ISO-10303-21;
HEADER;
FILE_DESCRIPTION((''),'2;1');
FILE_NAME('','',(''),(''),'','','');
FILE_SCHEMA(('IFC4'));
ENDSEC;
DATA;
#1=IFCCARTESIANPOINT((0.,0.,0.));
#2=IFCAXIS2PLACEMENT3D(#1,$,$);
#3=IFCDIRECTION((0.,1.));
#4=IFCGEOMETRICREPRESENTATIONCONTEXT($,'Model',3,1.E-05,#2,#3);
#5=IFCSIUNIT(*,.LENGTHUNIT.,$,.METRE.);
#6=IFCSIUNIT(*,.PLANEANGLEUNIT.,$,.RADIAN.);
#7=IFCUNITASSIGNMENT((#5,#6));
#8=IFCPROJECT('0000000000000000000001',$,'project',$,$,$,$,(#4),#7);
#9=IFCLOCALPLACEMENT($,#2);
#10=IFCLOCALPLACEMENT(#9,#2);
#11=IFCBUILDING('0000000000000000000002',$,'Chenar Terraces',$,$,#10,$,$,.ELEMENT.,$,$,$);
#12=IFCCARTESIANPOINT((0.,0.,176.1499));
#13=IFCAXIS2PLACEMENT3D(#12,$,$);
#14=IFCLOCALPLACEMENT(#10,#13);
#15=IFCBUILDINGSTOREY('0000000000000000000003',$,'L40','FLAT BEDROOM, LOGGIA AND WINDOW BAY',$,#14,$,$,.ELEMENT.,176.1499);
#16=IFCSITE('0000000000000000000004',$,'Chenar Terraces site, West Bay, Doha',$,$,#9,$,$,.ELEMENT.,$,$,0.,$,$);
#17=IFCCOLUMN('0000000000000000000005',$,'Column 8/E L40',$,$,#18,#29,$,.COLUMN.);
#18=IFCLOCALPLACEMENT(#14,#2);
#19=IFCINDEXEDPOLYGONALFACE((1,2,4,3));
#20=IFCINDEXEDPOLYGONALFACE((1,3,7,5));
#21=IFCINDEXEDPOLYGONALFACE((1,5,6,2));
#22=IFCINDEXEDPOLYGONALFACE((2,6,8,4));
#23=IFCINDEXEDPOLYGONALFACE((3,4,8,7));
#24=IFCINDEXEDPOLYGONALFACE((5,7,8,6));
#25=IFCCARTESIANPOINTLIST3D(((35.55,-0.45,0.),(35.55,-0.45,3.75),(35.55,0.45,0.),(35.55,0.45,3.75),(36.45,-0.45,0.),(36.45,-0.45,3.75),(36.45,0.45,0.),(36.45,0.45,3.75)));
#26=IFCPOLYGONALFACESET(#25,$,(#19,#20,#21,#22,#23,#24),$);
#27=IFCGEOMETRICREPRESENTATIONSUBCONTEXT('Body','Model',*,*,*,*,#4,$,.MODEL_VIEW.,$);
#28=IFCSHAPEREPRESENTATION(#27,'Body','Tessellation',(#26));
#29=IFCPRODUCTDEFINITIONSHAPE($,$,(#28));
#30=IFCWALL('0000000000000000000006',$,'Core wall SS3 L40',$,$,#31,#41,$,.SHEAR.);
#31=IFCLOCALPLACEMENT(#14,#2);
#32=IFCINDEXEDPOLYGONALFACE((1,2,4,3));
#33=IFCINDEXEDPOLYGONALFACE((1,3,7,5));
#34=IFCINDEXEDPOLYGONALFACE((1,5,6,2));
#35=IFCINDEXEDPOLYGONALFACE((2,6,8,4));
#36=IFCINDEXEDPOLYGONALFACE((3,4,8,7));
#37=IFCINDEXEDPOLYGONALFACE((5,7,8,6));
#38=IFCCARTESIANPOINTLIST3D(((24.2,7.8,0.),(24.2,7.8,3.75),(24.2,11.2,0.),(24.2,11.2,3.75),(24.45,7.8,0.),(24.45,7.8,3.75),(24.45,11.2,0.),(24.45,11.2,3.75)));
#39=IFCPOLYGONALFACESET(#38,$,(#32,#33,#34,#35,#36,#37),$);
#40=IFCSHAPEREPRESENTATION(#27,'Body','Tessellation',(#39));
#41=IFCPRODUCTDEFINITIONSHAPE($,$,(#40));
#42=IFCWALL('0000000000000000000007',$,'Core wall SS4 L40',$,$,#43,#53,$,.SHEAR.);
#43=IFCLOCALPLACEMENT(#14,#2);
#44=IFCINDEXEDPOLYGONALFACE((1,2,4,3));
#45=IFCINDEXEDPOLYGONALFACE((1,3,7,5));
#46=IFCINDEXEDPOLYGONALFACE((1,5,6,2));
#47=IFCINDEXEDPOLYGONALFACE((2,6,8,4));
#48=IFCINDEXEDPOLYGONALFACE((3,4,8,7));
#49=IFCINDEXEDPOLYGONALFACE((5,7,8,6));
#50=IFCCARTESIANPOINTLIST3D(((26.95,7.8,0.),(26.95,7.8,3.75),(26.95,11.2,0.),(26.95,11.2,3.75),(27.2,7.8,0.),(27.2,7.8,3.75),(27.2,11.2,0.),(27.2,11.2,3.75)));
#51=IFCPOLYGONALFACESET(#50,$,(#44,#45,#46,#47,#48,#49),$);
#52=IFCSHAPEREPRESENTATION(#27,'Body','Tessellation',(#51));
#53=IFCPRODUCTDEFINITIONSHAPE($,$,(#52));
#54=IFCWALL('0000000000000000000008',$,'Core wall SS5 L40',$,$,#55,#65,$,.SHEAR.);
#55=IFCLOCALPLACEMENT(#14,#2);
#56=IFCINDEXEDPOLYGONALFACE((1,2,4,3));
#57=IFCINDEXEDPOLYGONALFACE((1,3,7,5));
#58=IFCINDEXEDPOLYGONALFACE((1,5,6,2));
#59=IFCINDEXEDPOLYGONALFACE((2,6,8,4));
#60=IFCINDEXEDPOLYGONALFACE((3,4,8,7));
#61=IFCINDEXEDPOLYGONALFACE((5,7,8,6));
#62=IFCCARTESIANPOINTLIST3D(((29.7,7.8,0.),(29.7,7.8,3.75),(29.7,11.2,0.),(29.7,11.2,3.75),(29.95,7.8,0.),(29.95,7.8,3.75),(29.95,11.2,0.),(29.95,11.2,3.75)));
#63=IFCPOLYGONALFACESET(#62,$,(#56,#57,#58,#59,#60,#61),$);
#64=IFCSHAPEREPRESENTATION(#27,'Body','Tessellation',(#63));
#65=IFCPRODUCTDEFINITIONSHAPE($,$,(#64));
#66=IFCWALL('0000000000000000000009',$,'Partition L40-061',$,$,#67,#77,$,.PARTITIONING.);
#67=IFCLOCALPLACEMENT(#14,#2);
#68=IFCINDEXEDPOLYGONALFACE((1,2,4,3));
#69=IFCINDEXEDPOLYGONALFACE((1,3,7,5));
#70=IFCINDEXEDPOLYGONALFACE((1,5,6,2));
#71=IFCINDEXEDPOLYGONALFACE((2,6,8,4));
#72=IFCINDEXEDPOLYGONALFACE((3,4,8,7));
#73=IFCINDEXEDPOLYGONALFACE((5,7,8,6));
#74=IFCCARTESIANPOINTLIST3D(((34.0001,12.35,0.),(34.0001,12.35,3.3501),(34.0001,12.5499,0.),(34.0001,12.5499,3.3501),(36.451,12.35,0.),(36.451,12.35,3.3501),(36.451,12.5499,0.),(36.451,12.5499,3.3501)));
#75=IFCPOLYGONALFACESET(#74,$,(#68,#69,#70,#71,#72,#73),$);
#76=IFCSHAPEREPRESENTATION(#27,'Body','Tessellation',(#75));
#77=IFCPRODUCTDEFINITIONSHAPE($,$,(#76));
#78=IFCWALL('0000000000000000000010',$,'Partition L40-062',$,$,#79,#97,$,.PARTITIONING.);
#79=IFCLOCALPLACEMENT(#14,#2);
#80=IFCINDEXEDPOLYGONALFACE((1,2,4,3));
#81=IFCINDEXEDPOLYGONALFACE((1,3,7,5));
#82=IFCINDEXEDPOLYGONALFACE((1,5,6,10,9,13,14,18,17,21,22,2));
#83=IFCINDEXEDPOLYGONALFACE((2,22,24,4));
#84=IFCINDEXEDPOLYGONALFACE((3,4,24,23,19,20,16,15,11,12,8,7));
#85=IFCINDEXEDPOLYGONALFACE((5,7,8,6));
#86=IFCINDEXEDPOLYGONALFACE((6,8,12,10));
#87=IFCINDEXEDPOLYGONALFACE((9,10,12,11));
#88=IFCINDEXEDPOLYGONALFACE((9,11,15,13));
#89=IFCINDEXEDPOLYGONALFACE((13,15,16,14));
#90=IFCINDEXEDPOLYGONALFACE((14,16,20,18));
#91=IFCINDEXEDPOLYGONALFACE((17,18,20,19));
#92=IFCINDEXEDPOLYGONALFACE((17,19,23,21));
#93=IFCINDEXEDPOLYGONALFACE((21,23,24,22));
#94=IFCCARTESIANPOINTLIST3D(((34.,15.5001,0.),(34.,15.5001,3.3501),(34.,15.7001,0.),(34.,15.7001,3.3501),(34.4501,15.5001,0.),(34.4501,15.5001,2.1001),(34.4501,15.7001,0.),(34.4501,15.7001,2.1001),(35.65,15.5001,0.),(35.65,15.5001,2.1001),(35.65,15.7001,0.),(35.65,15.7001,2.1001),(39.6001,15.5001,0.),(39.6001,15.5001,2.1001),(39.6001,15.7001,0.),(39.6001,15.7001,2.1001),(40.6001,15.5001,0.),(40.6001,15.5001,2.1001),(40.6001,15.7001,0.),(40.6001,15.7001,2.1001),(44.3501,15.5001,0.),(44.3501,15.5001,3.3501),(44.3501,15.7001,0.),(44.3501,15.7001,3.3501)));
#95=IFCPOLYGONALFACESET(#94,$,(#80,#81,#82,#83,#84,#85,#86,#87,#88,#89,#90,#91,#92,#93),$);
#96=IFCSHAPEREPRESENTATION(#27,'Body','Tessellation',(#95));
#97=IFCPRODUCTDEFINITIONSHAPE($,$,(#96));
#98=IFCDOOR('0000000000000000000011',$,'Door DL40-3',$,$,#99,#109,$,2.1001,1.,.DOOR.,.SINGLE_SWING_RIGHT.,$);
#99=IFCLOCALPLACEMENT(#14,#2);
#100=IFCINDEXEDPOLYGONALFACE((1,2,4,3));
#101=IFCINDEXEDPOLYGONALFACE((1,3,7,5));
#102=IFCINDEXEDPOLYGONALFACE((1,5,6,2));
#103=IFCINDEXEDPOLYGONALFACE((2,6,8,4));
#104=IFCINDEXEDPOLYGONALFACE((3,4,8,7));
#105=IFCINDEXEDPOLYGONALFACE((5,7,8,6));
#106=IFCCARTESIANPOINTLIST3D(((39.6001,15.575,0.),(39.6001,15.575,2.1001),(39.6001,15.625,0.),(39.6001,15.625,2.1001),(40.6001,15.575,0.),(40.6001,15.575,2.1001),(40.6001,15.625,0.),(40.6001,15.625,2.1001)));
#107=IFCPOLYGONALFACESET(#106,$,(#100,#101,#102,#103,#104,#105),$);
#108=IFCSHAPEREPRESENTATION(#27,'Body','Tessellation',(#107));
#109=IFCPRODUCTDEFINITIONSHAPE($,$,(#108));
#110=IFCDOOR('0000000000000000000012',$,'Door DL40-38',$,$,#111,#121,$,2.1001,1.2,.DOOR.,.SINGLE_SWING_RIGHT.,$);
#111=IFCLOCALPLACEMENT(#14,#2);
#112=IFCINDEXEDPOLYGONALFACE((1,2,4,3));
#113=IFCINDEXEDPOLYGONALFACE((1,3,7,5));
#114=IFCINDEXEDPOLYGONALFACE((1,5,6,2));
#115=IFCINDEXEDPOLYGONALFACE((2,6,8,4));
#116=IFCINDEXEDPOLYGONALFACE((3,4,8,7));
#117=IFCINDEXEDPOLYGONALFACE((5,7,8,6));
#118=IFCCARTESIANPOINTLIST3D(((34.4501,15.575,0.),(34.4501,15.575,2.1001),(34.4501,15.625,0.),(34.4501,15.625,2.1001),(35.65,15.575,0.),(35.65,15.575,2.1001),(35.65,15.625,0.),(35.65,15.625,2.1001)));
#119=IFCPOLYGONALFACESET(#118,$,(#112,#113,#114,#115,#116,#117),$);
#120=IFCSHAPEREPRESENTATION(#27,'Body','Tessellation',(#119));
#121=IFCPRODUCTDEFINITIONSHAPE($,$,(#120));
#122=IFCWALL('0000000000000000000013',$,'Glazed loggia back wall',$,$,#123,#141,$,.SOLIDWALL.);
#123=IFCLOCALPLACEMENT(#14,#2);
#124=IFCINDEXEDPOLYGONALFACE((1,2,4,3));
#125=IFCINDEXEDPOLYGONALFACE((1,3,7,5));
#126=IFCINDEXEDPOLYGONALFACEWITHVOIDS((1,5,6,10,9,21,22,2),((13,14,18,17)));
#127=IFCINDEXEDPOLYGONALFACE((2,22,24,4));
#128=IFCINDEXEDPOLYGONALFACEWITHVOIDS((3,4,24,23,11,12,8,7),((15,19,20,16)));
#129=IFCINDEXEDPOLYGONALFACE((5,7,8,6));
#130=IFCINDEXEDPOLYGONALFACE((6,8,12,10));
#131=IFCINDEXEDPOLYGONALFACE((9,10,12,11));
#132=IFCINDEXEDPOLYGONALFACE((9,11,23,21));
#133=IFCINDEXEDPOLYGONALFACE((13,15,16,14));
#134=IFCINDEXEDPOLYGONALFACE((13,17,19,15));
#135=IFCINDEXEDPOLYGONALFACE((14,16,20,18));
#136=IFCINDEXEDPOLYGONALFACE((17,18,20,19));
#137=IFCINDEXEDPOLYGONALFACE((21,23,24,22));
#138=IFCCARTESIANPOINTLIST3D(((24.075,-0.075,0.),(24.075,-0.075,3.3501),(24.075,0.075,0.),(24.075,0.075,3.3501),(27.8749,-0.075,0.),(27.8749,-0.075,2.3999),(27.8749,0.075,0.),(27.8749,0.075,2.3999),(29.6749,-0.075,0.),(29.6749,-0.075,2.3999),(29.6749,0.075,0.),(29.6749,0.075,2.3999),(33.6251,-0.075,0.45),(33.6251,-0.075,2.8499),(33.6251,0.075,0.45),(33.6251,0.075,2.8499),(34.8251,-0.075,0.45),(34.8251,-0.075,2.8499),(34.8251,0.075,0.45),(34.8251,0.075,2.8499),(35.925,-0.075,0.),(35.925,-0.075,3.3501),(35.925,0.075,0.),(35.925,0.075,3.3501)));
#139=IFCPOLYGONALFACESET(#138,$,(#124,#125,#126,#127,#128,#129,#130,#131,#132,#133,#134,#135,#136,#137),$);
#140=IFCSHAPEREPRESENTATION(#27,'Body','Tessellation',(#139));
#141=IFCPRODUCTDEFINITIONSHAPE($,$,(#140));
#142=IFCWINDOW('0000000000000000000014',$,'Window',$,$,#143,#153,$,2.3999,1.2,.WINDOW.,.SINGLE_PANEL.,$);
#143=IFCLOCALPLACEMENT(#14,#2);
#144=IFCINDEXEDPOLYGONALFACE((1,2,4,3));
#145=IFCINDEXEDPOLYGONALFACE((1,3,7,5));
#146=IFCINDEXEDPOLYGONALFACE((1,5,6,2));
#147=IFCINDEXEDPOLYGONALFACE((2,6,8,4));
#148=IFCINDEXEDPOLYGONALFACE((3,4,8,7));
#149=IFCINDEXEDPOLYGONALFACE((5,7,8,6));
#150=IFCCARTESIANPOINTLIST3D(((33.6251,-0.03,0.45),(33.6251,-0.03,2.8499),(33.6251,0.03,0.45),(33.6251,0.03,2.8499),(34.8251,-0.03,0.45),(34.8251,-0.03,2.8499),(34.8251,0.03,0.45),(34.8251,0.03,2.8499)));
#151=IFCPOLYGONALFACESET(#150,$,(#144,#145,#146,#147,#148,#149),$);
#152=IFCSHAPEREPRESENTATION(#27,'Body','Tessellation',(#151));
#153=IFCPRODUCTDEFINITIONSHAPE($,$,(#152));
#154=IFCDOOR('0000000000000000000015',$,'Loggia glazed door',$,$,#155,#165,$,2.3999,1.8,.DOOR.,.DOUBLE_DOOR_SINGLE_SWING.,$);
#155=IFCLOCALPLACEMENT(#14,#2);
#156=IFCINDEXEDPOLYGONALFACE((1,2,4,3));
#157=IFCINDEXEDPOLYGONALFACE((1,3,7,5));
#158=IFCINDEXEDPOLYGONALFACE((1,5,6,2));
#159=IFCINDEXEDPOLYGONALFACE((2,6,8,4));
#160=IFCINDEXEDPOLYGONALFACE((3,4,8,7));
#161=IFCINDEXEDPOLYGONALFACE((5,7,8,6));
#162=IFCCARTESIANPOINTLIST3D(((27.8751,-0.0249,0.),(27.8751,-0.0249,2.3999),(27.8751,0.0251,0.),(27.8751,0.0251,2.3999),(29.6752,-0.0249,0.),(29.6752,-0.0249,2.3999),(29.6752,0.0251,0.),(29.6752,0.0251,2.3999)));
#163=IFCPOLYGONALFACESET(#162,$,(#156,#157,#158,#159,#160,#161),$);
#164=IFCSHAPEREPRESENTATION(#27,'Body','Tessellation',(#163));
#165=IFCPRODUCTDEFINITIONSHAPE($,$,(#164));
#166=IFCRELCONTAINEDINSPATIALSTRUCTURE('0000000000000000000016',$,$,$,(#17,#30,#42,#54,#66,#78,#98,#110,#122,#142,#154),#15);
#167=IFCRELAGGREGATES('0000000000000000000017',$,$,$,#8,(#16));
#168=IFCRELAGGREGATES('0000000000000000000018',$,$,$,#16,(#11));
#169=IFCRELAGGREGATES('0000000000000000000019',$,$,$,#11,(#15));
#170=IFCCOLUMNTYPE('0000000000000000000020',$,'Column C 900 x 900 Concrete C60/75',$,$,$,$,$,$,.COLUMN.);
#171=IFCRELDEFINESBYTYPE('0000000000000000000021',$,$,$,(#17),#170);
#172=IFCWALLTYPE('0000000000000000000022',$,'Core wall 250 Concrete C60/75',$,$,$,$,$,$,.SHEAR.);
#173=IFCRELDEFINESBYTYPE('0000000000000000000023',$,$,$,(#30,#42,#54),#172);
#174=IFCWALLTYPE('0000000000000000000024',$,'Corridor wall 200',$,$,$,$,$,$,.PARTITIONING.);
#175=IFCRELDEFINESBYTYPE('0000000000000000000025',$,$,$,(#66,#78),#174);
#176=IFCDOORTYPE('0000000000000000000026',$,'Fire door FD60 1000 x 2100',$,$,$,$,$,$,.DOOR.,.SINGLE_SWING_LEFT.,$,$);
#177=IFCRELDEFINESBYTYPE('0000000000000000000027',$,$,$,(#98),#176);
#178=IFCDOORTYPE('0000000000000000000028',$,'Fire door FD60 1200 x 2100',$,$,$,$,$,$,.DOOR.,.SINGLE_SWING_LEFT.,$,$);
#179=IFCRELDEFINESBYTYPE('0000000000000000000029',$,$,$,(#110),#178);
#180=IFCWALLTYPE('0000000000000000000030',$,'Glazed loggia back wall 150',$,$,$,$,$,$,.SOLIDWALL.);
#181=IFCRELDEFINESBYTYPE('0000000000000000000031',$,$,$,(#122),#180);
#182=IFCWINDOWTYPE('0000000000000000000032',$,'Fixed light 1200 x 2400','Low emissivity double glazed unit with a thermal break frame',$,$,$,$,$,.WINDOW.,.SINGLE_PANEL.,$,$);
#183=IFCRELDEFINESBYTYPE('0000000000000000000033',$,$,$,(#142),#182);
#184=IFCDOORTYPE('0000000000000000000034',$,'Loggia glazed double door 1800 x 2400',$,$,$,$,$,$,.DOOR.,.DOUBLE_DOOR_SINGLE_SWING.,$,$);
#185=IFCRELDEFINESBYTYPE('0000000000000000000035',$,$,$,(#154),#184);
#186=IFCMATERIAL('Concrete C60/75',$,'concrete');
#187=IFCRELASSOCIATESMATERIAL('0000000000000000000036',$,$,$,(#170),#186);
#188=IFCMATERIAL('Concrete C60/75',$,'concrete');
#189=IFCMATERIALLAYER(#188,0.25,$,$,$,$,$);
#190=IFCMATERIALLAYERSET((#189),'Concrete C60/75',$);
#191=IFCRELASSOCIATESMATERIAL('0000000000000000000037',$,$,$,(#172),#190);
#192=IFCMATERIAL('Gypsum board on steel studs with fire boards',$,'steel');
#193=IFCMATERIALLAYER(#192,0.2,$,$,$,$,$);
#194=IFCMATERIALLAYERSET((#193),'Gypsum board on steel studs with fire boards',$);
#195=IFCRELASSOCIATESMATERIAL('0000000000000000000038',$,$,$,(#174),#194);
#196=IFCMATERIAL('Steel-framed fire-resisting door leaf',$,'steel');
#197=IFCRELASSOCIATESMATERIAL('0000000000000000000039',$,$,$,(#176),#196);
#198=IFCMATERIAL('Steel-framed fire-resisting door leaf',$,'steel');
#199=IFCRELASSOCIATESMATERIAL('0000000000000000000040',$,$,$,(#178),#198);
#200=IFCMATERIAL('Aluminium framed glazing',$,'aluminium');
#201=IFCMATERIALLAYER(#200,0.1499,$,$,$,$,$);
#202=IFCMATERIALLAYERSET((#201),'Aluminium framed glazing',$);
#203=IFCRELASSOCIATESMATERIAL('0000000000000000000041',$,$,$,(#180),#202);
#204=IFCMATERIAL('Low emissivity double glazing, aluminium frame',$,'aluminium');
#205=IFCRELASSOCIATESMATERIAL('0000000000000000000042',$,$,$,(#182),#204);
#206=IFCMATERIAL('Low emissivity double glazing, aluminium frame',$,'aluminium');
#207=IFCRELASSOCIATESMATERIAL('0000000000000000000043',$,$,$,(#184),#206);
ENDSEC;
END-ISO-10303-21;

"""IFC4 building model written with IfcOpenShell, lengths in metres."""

from ifc_helpers import new_model, si_unit, direction, frame, frame_2d, origin, origin_2d, place, context, subcontext, project, spatial, rectangle, extrude, material, layer, layer_set, material_profile, profile_set, type_object, element, fill, save


model = new_model("IFC4")

# Units and contexts
model_context = context("Model", 3, precision=1e-05, world=origin(), true_north=direction((0.0, 1.0)))
body_context = subcontext(model_context, "Body", "Model", "MODEL_VIEW")
ifc_project = project(units=[si_unit("LENGTHUNIT", "METRE"), si_unit("PLANEANGLEUNIT", "RADIAN")], contexts=[model_context])

# Site, building, storey
site_placement = place(None, origin())
site = spatial("IfcSite", under=ifc_project, at=site_placement, Name="Chenar Terraces site, West Bay, Doha", CompositionType="ELEMENT", RefElevation=0.0)
building_placement = place(site_placement, origin())
building = spatial("IfcBuilding", under=site, at=building_placement, Name="Chenar Terraces", CompositionType="ELEMENT")
storey_placement = place(building_placement, frame((0.0, 0.0, 176.1499)))
storey = spatial("IfcBuildingStorey", under=building, at=storey_placement, Name="L40", Description="FLAT BEDROOM, LOGGIA AND WINDOW BAY", CompositionType="ELEMENT", Elevation=176.1499)

# Column
ifc_material_1 = material(Name="Concrete C60/75", Category="concrete")
ifc_material_profile = material_profile(ifc_material_1, rectangle(XDim=0.8999, YDim=0.8999, at=origin_2d()), Name="C 900 x 900")
ifc_profile_set = profile_set([ifc_material_profile], Name="Concrete C60/75")
column_type = type_object("IfcColumnType", Name="Column C 900 x 900 Concrete C60/75", PredefinedType="COLUMN", material=ifc_profile_set)
column_placement = place(storey_placement, frame((36.0, 0.0, 0.0), z_axis=(0.0, 0.0, 1.0), x_axis=(1.0, 0.0, 0.0)))
element("IfcColumn", 1, at=column_placement, inside=storey, type_object=column_type, Name="Column 8/E L40", PredefinedType="COLUMN", context=body_context, shape_type="SweptSolid", body=[
    extrude(rectangle(XDim=0.8999, YDim=0.8999, at=origin_2d()), origin(), (0.0, 0.0, 1.0), 3.75),
])

# Walls
ifc_material_2 = material(Name="Concrete C60/75", Category="concrete")
ifc_layer_1 = layer(ifc_material_2, 0.25)
ifc_layer_set_1 = layer_set([ifc_layer_1], Name="Concrete C60/75")
wall_type_1 = type_object("IfcWallType", Name="Core wall 250 Concrete C60/75", PredefinedType="SHEAR", material=ifc_layer_set_1)
for number, where, z_axis, x_axis, name in (
    (2, (24.325, 7.8, 0.0), (0.0, 0.0, 1.0), (0.0, 1.0, 0.0), "Core wall SS3 L40"),
    (3, (27.075, 7.8, 0.0), (0.0, 0.0, 1.0), (0.0, 1.0, 0.0), "Core wall SS4 L40"),
    (4, (29.825, 7.8, 0.0), (0.0, 0.0, 1.0), (0.0, 1.0, 0.0), "Core wall SS5 L40"),
):
    element("IfcWall", number, at=place(storey_placement, frame(where, z_axis=z_axis, x_axis=x_axis)), inside=storey, type_object=wall_type_1, Name=name, PredefinedType="SHEAR", context=body_context, shape_type="SweptSolid", body=[
        extrude(rectangle(XDim=3.3999, YDim=0.25, at=frame_2d((1.7, 0.0))), origin(), (0.0, 0.0, 1.0), 3.75),
    ])

# Wall
ifc_material_3 = material(Name="Gypsum board on steel studs with fire boards", Category="steel")
ifc_layer_2 = layer(ifc_material_3, 0.2)
ifc_layer_set_2 = layer_set([ifc_layer_2], Name="Gypsum board on steel studs with fire boards")
wall_type_2 = type_object("IfcWallType", Name="Corridor wall 200", PredefinedType="PARTITIONING", material=ifc_layer_set_2)
wall_1_placement = place(storey_placement, frame((34.0, 12.45, 0.0), z_axis=(0.0, 0.0, 1.0), x_axis=(1.0, 0.0, 0.0)))
element("IfcWall", 5, at=wall_1_placement, inside=storey, type_object=wall_type_2, Name="Partition L40-061", PredefinedType="PARTITIONING", context=body_context, shape_type="SweptSolid", body=[
    extrude(rectangle(XDim=2.4509, YDim=0.2, at=frame_2d((1.2256, 0.0))), origin(), (0.0, 0.0, 1.0), 3.3501),
])

# Wall, openings, doors
wall_2_placement = place(storey_placement, frame((34.0, 15.6001, 0.0), z_axis=(0.0, 0.0, 1.0), x_axis=(1.0, 0.0, 0.0)))
wall_2 = element("IfcWall", 6, at=wall_2_placement, inside=storey, type_object=wall_type_2, Name="Partition L40-062", PredefinedType="PARTITIONING", context=body_context, shape_type="SweptSolid", body=[
    extrude(rectangle(XDim=10.3501, YDim=0.2, at=frame_2d((5.175, 0.0))), origin(), (0.0, 0.0, 1.0), 3.3501),
])
opening_1_placement = place(wall_2_placement, frame((5.6001, 0.0, 0.0)))
opening_1 = element("IfcOpeningElement", 7, at=opening_1_placement, cuts=wall_2, PredefinedType="OPENING", context=body_context, shape_type="SweptSolid", body=[
    extrude(rectangle(XDim=1.0, YDim=2.1001, at=frame_2d((0.5, 1.05))), frame((0.0, 0.1099, 0.0), z_axis=(0.0, -1.0, 0.0), x_axis=(1.0, 0.0, 0.0)), (0.0, 0.0, 1.0), 0.22),
])
opening_2_placement = place(wall_2_placement, frame((0.45, 0.0, 0.0)))
opening_2 = element("IfcOpeningElement", 8, at=opening_2_placement, cuts=wall_2, PredefinedType="OPENING", context=body_context, shape_type="SweptSolid", body=[
    extrude(rectangle(XDim=1.2, YDim=2.1001, at=frame_2d((0.6001, 1.05))), frame((0.0, 0.1099, 0.0), z_axis=(0.0, -1.0, 0.0), x_axis=(1.0, 0.0, 0.0)), (0.0, 0.0, 1.0), 0.22),
])
ifc_material_4 = material(Name="Steel-framed fire-resisting door leaf", Category="steel")
door_type_1 = type_object("IfcDoorType", Name="Fire door FD60 1000 x 2100", OperationType="SINGLE_SWING_LEFT", PredefinedType="DOOR", material=ifc_material_4)
door_1_placement = place(opening_1_placement, origin())
door_1 = element("IfcDoor", 9, at=door_1_placement, inside=storey, type_object=door_type_1, Name="Door DL40-3", OperationType="SINGLE_SWING_RIGHT", OverallHeight=2.1001, OverallWidth=1.0, PredefinedType="DOOR", context=body_context, shape_type="SweptSolid", body=[
    extrude(rectangle(XDim=1.0, YDim=2.1001, at=frame_2d((0.5, 1.05))), frame((0.0, 0.0249, 0.0), z_axis=(0.0, -1.0, 0.0), x_axis=(1.0, 0.0, 0.0)), (0.0, 0.0, 1.0), 0.05),
])
fill(opening_1, door_1)
ifc_material_5 = material(Name="Steel-framed fire-resisting door leaf", Category="steel")
door_type_2 = type_object("IfcDoorType", Name="Fire door FD60 1200 x 2100", OperationType="SINGLE_SWING_LEFT", PredefinedType="DOOR", material=ifc_material_5)
door_2_placement = place(opening_2_placement, origin())
door_2 = element("IfcDoor", 10, at=door_2_placement, inside=storey, type_object=door_type_2, Name="Door DL40-38", OperationType="SINGLE_SWING_RIGHT", OverallHeight=2.1001, OverallWidth=1.2, PredefinedType="DOOR", context=body_context, shape_type="SweptSolid", body=[
    extrude(rectangle(XDim=1.2, YDim=2.1001, at=frame_2d((0.6001, 1.05))), frame((0.0, 0.0249, 0.0), z_axis=(0.0, -1.0, 0.0), x_axis=(1.0, 0.0, 0.0)), (0.0, 0.0, 1.0), 0.05),
])
fill(opening_2, door_2)

# Wall, openings, window, door
ifc_material_6 = material(Name="Aluminium framed glazing", Category="aluminium")
ifc_layer_3 = layer(ifc_material_6, 0.1499)
ifc_layer_set_3 = layer_set([ifc_layer_3], Name="Aluminium framed glazing")
wall_type_3 = type_object("IfcWallType", Name="Glazed loggia back wall 150", PredefinedType="SOLIDWALL", material=ifc_layer_set_3)
wall_3_placement = place(storey_placement, frame((24.075, 0.0, 0.0), z_axis=(0.0, 0.0, 1.0), x_axis=(1.0, 0.0, 0.0)))
wall_3 = element("IfcWall", 11, at=wall_3_placement, inside=storey, type_object=wall_type_3, Name="Glazed loggia back wall", PredefinedType="SOLIDWALL", context=body_context, shape_type="SweptSolid", body=[
    extrude(rectangle(XDim=11.8501, YDim=0.1499, at=frame_2d((5.925, 0.0))), origin(), (0.0, 0.0, 1.0), 3.3501),
])
opening_3_placement = place(wall_3_placement, frame((3.8, 0.0, 0.0)))
opening_3 = element("IfcOpeningElement", 12, at=opening_3_placement, cuts=wall_3, PredefinedType="OPENING", context=body_context, shape_type="SweptSolid", body=[
    extrude(rectangle(XDim=1.8, YDim=2.3999, at=frame_2d((0.8999, 1.2))), frame((0.0, 0.085, 0.0), z_axis=(0.0, -1.0, 0.0), x_axis=(1.0, 0.0, 0.0)), (0.0, 0.0, 1.0), 0.1699),
])
opening_4_placement = place(wall_3_placement, frame((9.55, 0.0, 0.45)))
opening_4 = element("IfcOpeningElement", 13, at=opening_4_placement, cuts=wall_3, PredefinedType="OPENING", context=body_context, shape_type="SweptSolid", body=[
    extrude(rectangle(XDim=1.2, YDim=2.3999, at=frame_2d((0.6001, 1.2))), frame((0.0, 0.085, 0.0), z_axis=(0.0, -1.0, 0.0), x_axis=(1.0, 0.0, 0.0)), (0.0, 0.0, 1.0), 0.1699),
])
ifc_material_7 = material(Name="Low emissivity double glazing, aluminium frame", Category="aluminium")
window_type = type_object("IfcWindowType", Name="Fixed light 1200 x 2400", Description="Low emissivity double glazed unit with a thermal break frame", PartitioningType="SINGLE_PANEL", PredefinedType="WINDOW", material=ifc_material_7)
window_placement = place(opening_4_placement, origin())
window = element("IfcWindow", 14, at=window_placement, inside=storey, type_object=window_type, Name="Window", OverallHeight=2.3999, OverallWidth=1.2, PartitioningType="SINGLE_PANEL", PredefinedType="WINDOW", context=body_context, shape_type="SweptSolid", body=[
    extrude(rectangle(XDim=1.2, YDim=2.3999, at=frame_2d((0.6001, 1.2))), frame((0.0, 0.03, 0.0), z_axis=(0.0, -1.0, 0.0), x_axis=(1.0, 0.0, 0.0)), (0.0, 0.0, 1.0), 0.0601),
])
fill(opening_4, window)
ifc_material_8 = material(Name="Low emissivity double glazing, aluminium frame", Category="aluminium")
door_type_3 = type_object("IfcDoorType", Name="Loggia glazed double door 1800 x 2400", OperationType="DOUBLE_DOOR_SINGLE_SWING", PredefinedType="DOOR", material=ifc_material_8)
door_3_placement = place(opening_3_placement, frame((1.8, 0.0, 0.0), z_axis=(0.0, 0.0, 1.0), x_axis=(-1.0, 0.0, 0.0)))
door_3 = element("IfcDoor", 15, at=door_3_placement, inside=storey, type_object=door_type_3, Name="Loggia glazed door", OperationType="DOUBLE_DOOR_SINGLE_SWING", OverallHeight=2.3999, OverallWidth=1.8, PredefinedType="DOOR", context=body_context, shape_type="SweptSolid", body=[
    extrude(rectangle(XDim=1.8, YDim=2.3999, at=frame_2d((0.8999, 1.2))), frame((0.0, 0.0249, 0.0), z_axis=(0.0, -1.0, 0.0), x_axis=(1.0, 0.0, 0.0)), (0.0, 0.0, 1.0), 0.05),
])
fill(opening_3, door_3)

save(model, "model.ifc")
